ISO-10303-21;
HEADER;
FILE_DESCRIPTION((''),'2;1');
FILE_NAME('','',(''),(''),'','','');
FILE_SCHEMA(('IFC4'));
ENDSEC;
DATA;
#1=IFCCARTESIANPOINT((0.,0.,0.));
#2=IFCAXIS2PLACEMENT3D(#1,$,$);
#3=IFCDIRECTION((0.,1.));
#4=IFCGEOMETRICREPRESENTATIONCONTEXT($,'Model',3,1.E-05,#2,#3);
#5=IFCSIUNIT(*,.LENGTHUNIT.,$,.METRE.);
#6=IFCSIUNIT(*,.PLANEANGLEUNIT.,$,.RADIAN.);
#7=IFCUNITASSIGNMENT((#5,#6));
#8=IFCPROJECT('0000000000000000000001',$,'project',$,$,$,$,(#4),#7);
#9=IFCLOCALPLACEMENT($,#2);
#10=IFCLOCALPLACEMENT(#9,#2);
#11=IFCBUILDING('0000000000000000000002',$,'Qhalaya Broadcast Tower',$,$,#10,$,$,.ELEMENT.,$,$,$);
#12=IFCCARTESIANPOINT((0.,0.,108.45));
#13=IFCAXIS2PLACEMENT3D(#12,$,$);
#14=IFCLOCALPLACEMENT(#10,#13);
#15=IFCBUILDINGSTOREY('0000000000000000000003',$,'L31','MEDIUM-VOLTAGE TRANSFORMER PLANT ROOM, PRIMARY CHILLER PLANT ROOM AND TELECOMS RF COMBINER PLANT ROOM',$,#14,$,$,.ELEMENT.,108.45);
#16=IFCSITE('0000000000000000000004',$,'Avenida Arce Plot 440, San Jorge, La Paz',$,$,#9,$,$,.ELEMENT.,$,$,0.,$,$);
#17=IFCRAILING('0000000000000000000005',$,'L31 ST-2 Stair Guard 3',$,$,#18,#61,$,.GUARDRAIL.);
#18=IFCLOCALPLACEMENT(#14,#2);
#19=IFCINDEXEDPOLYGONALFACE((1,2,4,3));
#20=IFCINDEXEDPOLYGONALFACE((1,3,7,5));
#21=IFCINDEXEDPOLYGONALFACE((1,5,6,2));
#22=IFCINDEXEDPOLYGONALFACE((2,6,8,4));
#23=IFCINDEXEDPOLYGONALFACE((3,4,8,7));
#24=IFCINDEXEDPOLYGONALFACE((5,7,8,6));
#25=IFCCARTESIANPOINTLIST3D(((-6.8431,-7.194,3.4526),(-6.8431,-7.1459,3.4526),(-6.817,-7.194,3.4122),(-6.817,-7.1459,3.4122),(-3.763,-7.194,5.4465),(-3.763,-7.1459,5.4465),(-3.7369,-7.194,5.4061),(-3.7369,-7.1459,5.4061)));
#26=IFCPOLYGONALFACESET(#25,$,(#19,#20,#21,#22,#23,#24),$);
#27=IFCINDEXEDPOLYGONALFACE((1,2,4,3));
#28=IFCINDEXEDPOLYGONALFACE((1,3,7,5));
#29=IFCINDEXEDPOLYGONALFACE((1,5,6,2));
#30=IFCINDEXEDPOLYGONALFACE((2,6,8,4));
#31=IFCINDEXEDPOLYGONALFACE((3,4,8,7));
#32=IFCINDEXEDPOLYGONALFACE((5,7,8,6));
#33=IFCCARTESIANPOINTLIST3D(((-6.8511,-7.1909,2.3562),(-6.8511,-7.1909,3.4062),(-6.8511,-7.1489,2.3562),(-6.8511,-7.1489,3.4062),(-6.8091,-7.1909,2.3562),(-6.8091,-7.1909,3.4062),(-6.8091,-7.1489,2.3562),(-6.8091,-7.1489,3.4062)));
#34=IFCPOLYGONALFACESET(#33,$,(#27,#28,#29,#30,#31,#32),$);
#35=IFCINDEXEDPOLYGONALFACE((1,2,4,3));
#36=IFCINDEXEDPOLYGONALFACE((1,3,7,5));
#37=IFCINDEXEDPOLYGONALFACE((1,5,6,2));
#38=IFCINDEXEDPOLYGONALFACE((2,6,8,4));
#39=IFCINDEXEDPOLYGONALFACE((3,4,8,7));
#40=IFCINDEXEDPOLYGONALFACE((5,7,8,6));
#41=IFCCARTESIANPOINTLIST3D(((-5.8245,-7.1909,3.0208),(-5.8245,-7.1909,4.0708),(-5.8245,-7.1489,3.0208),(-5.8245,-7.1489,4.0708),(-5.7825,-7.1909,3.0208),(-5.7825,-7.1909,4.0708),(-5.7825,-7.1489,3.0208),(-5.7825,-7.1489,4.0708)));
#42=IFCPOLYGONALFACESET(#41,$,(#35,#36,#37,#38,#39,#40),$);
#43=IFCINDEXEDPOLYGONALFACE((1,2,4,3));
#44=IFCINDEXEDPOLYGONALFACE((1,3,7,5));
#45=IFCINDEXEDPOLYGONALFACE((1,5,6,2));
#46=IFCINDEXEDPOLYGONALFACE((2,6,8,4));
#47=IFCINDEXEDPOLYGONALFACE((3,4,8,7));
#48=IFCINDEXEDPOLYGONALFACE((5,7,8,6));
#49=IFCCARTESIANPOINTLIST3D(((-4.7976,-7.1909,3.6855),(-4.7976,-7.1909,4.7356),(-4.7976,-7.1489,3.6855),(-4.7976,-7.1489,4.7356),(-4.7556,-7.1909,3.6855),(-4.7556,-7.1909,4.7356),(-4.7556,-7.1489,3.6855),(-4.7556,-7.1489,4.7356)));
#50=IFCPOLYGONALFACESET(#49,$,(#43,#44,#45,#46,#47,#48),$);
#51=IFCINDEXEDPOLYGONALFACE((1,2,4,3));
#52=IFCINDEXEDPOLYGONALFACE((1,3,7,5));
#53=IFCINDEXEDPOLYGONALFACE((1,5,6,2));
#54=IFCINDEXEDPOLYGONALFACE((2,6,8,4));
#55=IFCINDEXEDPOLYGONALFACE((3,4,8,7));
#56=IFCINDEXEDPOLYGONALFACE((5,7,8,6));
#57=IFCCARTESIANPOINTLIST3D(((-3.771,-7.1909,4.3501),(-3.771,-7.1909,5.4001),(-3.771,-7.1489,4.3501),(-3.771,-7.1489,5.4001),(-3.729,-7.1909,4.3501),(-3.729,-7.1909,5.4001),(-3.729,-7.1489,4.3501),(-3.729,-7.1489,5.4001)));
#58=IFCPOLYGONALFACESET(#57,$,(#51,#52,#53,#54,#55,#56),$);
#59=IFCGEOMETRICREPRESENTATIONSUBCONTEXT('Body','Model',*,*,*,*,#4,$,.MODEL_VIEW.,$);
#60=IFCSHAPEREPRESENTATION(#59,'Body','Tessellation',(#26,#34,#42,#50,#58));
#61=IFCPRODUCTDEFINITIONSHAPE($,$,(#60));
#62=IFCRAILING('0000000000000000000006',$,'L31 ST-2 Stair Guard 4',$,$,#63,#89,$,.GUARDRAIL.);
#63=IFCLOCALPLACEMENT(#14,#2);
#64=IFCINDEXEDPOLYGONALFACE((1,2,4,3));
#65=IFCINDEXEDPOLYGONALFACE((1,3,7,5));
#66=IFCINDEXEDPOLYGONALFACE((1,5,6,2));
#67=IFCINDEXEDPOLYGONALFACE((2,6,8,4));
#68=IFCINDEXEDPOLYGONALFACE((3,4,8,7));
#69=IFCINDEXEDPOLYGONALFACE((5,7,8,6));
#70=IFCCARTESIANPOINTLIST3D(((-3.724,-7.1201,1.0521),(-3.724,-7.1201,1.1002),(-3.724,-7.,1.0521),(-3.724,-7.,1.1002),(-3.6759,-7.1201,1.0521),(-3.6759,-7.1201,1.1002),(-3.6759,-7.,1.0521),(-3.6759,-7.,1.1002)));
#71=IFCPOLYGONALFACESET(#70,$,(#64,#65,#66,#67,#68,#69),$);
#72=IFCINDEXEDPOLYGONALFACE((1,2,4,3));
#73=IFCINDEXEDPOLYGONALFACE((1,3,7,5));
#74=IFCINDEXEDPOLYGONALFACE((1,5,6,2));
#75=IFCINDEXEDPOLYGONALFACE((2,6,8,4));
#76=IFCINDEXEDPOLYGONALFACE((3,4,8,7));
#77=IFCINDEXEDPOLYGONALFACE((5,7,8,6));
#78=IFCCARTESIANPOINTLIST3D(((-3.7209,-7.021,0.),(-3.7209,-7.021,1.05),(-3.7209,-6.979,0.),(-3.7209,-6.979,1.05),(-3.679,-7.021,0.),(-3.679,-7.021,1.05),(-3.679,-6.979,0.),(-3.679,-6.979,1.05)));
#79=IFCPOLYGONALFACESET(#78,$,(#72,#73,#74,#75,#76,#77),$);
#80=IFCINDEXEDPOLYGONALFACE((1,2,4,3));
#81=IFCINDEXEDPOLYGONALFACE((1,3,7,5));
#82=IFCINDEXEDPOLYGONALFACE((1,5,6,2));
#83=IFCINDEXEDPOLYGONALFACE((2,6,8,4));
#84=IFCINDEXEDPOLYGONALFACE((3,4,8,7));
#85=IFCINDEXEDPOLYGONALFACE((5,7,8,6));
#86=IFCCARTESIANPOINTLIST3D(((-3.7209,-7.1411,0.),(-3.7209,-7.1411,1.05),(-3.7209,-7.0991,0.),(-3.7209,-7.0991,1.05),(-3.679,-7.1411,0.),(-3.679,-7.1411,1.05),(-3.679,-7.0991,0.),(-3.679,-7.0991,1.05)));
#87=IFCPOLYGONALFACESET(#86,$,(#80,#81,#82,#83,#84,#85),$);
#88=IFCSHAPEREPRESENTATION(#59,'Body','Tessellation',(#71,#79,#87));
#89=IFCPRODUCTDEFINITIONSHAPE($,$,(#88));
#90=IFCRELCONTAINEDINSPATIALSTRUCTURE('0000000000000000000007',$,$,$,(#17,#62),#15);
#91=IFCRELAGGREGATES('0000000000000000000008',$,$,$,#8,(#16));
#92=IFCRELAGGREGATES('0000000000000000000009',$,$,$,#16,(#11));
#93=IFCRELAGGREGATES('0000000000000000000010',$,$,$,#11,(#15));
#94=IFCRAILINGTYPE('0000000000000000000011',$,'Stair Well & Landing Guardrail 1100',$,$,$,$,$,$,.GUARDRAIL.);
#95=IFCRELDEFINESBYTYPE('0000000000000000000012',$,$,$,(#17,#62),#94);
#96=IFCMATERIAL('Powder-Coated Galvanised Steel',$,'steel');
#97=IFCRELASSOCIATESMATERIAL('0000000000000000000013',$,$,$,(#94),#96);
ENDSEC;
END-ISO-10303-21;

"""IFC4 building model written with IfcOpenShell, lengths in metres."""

from ifc_helpers import new_model, si_unit, direction, frame, origin, origin_2d, place, context, subcontext, project, spatial, rectangle, extrude, material, type_object, element, save


model = new_model("IFC4")

# Units and contexts
model_context = context("Model", 3, precision=1e-05, world=origin(), true_north=direction((0.0, 1.0)))
body_context = subcontext(model_context, "Body", "Model", "MODEL_VIEW")
ifc_project = project(units=[si_unit("LENGTHUNIT", "METRE"), si_unit("PLANEANGLEUNIT", "RADIAN")], contexts=[model_context])

# Site, building, storey
site_placement = place(None, origin())
site = spatial("IfcSite", under=ifc_project, at=site_placement, Name="Avenida Arce Plot 440, San Jorge, La Paz", CompositionType="ELEMENT", RefElevation=0.0)
building_placement = place(site_placement, origin())
building = spatial("IfcBuilding", under=site, at=building_placement, Name="Qhalaya Broadcast Tower", CompositionType="ELEMENT")
storey_placement = place(building_placement, frame((0.0, 0.0, 108.45)))
storey = spatial("IfcBuildingStorey", under=building, at=storey_placement, Name="L31", Description="MEDIUM-VOLTAGE TRANSFORMER PLANT ROOM, PRIMARY CHILLER PLANT ROOM AND TELECOMS RF COMBINER PLANT ROOM", CompositionType="ELEMENT", Elevation=108.45)

# Railings
ifc_material_1 = material(Name="Powder-Coated Galvanised Steel", Category="steel")
railing_type_1 = type_object("IfcRailingType", Name="Stair Well & Landing Guardrail 1100", PredefinedType="GUARDRAIL", material=ifc_material_1)
railing_1_placement = place(storey_placement, frame((-6.8301, -7.1699, 2.3562)))
element("IfcRailing", 1, at=railing_1_placement, inside=storey, type_object=railing_type_1, Name="L31 ST-2 Stair Guard 3", PredefinedType="GUARDRAIL", context=body_context, shape_type="SweptSolid", body=[
    extrude(rectangle(XDim=0.0481, YDim=0.0481, at=origin_2d()), frame((0.0, 0.0, 1.0762), z_axis=(0.839458, 0.0, 0.543425), x_axis=(0.0, 1.0, 0.0)), (0.0, 0.0, 1.0), 3.6692),
    extrude(rectangle(XDim=0.042, YDim=0.042, at=origin_2d()), origin(), (0.0, 0.0, 1.0), 1.05),
    extrude(rectangle(XDim=0.042, YDim=0.042, at=origin_2d()), frame((1.0266, 0.0, 0.6646)), (0.0, 0.0, 1.0), 1.05),
    extrude(rectangle(XDim=0.042, YDim=0.042, at=origin_2d()), frame((2.0535, 0.0, 1.3293)), (0.0, 0.0, 1.0), 1.05),
    extrude(rectangle(XDim=0.042, YDim=0.042, at=origin_2d()), frame((3.0801, 0.0, 1.9939)), (0.0, 0.0, 1.0), 1.05),
])
railing_2_placement = place(storey_placement, frame((-3.7, -7.0, 0.0)))
element("IfcRailing", 2, at=railing_2_placement, inside=storey, type_object=railing_type_1, Name="L31 ST-2 Stair Guard 4", PredefinedType="GUARDRAIL", context=body_context, shape_type="SweptSolid", body=[
    extrude(rectangle(XDim=0.0481, YDim=0.0481, at=origin_2d()), frame((0.0, 0.0, 1.0762), z_axis=(0.0, -1.0, 0.0), x_axis=(1.0, 0.0, 0.0)), (0.0, 0.0, 1.0), 0.1201),
    extrude(rectangle(XDim=0.042, YDim=0.042, at=origin_2d()), origin(), (0.0, 0.0, 1.0), 1.05),
    extrude(rectangle(XDim=0.042, YDim=0.042, at=origin_2d()), frame((0.0, -0.1201, 0.0)), (0.0, 0.0, 1.0), 1.05),
])

save(model, "model.ifc")
